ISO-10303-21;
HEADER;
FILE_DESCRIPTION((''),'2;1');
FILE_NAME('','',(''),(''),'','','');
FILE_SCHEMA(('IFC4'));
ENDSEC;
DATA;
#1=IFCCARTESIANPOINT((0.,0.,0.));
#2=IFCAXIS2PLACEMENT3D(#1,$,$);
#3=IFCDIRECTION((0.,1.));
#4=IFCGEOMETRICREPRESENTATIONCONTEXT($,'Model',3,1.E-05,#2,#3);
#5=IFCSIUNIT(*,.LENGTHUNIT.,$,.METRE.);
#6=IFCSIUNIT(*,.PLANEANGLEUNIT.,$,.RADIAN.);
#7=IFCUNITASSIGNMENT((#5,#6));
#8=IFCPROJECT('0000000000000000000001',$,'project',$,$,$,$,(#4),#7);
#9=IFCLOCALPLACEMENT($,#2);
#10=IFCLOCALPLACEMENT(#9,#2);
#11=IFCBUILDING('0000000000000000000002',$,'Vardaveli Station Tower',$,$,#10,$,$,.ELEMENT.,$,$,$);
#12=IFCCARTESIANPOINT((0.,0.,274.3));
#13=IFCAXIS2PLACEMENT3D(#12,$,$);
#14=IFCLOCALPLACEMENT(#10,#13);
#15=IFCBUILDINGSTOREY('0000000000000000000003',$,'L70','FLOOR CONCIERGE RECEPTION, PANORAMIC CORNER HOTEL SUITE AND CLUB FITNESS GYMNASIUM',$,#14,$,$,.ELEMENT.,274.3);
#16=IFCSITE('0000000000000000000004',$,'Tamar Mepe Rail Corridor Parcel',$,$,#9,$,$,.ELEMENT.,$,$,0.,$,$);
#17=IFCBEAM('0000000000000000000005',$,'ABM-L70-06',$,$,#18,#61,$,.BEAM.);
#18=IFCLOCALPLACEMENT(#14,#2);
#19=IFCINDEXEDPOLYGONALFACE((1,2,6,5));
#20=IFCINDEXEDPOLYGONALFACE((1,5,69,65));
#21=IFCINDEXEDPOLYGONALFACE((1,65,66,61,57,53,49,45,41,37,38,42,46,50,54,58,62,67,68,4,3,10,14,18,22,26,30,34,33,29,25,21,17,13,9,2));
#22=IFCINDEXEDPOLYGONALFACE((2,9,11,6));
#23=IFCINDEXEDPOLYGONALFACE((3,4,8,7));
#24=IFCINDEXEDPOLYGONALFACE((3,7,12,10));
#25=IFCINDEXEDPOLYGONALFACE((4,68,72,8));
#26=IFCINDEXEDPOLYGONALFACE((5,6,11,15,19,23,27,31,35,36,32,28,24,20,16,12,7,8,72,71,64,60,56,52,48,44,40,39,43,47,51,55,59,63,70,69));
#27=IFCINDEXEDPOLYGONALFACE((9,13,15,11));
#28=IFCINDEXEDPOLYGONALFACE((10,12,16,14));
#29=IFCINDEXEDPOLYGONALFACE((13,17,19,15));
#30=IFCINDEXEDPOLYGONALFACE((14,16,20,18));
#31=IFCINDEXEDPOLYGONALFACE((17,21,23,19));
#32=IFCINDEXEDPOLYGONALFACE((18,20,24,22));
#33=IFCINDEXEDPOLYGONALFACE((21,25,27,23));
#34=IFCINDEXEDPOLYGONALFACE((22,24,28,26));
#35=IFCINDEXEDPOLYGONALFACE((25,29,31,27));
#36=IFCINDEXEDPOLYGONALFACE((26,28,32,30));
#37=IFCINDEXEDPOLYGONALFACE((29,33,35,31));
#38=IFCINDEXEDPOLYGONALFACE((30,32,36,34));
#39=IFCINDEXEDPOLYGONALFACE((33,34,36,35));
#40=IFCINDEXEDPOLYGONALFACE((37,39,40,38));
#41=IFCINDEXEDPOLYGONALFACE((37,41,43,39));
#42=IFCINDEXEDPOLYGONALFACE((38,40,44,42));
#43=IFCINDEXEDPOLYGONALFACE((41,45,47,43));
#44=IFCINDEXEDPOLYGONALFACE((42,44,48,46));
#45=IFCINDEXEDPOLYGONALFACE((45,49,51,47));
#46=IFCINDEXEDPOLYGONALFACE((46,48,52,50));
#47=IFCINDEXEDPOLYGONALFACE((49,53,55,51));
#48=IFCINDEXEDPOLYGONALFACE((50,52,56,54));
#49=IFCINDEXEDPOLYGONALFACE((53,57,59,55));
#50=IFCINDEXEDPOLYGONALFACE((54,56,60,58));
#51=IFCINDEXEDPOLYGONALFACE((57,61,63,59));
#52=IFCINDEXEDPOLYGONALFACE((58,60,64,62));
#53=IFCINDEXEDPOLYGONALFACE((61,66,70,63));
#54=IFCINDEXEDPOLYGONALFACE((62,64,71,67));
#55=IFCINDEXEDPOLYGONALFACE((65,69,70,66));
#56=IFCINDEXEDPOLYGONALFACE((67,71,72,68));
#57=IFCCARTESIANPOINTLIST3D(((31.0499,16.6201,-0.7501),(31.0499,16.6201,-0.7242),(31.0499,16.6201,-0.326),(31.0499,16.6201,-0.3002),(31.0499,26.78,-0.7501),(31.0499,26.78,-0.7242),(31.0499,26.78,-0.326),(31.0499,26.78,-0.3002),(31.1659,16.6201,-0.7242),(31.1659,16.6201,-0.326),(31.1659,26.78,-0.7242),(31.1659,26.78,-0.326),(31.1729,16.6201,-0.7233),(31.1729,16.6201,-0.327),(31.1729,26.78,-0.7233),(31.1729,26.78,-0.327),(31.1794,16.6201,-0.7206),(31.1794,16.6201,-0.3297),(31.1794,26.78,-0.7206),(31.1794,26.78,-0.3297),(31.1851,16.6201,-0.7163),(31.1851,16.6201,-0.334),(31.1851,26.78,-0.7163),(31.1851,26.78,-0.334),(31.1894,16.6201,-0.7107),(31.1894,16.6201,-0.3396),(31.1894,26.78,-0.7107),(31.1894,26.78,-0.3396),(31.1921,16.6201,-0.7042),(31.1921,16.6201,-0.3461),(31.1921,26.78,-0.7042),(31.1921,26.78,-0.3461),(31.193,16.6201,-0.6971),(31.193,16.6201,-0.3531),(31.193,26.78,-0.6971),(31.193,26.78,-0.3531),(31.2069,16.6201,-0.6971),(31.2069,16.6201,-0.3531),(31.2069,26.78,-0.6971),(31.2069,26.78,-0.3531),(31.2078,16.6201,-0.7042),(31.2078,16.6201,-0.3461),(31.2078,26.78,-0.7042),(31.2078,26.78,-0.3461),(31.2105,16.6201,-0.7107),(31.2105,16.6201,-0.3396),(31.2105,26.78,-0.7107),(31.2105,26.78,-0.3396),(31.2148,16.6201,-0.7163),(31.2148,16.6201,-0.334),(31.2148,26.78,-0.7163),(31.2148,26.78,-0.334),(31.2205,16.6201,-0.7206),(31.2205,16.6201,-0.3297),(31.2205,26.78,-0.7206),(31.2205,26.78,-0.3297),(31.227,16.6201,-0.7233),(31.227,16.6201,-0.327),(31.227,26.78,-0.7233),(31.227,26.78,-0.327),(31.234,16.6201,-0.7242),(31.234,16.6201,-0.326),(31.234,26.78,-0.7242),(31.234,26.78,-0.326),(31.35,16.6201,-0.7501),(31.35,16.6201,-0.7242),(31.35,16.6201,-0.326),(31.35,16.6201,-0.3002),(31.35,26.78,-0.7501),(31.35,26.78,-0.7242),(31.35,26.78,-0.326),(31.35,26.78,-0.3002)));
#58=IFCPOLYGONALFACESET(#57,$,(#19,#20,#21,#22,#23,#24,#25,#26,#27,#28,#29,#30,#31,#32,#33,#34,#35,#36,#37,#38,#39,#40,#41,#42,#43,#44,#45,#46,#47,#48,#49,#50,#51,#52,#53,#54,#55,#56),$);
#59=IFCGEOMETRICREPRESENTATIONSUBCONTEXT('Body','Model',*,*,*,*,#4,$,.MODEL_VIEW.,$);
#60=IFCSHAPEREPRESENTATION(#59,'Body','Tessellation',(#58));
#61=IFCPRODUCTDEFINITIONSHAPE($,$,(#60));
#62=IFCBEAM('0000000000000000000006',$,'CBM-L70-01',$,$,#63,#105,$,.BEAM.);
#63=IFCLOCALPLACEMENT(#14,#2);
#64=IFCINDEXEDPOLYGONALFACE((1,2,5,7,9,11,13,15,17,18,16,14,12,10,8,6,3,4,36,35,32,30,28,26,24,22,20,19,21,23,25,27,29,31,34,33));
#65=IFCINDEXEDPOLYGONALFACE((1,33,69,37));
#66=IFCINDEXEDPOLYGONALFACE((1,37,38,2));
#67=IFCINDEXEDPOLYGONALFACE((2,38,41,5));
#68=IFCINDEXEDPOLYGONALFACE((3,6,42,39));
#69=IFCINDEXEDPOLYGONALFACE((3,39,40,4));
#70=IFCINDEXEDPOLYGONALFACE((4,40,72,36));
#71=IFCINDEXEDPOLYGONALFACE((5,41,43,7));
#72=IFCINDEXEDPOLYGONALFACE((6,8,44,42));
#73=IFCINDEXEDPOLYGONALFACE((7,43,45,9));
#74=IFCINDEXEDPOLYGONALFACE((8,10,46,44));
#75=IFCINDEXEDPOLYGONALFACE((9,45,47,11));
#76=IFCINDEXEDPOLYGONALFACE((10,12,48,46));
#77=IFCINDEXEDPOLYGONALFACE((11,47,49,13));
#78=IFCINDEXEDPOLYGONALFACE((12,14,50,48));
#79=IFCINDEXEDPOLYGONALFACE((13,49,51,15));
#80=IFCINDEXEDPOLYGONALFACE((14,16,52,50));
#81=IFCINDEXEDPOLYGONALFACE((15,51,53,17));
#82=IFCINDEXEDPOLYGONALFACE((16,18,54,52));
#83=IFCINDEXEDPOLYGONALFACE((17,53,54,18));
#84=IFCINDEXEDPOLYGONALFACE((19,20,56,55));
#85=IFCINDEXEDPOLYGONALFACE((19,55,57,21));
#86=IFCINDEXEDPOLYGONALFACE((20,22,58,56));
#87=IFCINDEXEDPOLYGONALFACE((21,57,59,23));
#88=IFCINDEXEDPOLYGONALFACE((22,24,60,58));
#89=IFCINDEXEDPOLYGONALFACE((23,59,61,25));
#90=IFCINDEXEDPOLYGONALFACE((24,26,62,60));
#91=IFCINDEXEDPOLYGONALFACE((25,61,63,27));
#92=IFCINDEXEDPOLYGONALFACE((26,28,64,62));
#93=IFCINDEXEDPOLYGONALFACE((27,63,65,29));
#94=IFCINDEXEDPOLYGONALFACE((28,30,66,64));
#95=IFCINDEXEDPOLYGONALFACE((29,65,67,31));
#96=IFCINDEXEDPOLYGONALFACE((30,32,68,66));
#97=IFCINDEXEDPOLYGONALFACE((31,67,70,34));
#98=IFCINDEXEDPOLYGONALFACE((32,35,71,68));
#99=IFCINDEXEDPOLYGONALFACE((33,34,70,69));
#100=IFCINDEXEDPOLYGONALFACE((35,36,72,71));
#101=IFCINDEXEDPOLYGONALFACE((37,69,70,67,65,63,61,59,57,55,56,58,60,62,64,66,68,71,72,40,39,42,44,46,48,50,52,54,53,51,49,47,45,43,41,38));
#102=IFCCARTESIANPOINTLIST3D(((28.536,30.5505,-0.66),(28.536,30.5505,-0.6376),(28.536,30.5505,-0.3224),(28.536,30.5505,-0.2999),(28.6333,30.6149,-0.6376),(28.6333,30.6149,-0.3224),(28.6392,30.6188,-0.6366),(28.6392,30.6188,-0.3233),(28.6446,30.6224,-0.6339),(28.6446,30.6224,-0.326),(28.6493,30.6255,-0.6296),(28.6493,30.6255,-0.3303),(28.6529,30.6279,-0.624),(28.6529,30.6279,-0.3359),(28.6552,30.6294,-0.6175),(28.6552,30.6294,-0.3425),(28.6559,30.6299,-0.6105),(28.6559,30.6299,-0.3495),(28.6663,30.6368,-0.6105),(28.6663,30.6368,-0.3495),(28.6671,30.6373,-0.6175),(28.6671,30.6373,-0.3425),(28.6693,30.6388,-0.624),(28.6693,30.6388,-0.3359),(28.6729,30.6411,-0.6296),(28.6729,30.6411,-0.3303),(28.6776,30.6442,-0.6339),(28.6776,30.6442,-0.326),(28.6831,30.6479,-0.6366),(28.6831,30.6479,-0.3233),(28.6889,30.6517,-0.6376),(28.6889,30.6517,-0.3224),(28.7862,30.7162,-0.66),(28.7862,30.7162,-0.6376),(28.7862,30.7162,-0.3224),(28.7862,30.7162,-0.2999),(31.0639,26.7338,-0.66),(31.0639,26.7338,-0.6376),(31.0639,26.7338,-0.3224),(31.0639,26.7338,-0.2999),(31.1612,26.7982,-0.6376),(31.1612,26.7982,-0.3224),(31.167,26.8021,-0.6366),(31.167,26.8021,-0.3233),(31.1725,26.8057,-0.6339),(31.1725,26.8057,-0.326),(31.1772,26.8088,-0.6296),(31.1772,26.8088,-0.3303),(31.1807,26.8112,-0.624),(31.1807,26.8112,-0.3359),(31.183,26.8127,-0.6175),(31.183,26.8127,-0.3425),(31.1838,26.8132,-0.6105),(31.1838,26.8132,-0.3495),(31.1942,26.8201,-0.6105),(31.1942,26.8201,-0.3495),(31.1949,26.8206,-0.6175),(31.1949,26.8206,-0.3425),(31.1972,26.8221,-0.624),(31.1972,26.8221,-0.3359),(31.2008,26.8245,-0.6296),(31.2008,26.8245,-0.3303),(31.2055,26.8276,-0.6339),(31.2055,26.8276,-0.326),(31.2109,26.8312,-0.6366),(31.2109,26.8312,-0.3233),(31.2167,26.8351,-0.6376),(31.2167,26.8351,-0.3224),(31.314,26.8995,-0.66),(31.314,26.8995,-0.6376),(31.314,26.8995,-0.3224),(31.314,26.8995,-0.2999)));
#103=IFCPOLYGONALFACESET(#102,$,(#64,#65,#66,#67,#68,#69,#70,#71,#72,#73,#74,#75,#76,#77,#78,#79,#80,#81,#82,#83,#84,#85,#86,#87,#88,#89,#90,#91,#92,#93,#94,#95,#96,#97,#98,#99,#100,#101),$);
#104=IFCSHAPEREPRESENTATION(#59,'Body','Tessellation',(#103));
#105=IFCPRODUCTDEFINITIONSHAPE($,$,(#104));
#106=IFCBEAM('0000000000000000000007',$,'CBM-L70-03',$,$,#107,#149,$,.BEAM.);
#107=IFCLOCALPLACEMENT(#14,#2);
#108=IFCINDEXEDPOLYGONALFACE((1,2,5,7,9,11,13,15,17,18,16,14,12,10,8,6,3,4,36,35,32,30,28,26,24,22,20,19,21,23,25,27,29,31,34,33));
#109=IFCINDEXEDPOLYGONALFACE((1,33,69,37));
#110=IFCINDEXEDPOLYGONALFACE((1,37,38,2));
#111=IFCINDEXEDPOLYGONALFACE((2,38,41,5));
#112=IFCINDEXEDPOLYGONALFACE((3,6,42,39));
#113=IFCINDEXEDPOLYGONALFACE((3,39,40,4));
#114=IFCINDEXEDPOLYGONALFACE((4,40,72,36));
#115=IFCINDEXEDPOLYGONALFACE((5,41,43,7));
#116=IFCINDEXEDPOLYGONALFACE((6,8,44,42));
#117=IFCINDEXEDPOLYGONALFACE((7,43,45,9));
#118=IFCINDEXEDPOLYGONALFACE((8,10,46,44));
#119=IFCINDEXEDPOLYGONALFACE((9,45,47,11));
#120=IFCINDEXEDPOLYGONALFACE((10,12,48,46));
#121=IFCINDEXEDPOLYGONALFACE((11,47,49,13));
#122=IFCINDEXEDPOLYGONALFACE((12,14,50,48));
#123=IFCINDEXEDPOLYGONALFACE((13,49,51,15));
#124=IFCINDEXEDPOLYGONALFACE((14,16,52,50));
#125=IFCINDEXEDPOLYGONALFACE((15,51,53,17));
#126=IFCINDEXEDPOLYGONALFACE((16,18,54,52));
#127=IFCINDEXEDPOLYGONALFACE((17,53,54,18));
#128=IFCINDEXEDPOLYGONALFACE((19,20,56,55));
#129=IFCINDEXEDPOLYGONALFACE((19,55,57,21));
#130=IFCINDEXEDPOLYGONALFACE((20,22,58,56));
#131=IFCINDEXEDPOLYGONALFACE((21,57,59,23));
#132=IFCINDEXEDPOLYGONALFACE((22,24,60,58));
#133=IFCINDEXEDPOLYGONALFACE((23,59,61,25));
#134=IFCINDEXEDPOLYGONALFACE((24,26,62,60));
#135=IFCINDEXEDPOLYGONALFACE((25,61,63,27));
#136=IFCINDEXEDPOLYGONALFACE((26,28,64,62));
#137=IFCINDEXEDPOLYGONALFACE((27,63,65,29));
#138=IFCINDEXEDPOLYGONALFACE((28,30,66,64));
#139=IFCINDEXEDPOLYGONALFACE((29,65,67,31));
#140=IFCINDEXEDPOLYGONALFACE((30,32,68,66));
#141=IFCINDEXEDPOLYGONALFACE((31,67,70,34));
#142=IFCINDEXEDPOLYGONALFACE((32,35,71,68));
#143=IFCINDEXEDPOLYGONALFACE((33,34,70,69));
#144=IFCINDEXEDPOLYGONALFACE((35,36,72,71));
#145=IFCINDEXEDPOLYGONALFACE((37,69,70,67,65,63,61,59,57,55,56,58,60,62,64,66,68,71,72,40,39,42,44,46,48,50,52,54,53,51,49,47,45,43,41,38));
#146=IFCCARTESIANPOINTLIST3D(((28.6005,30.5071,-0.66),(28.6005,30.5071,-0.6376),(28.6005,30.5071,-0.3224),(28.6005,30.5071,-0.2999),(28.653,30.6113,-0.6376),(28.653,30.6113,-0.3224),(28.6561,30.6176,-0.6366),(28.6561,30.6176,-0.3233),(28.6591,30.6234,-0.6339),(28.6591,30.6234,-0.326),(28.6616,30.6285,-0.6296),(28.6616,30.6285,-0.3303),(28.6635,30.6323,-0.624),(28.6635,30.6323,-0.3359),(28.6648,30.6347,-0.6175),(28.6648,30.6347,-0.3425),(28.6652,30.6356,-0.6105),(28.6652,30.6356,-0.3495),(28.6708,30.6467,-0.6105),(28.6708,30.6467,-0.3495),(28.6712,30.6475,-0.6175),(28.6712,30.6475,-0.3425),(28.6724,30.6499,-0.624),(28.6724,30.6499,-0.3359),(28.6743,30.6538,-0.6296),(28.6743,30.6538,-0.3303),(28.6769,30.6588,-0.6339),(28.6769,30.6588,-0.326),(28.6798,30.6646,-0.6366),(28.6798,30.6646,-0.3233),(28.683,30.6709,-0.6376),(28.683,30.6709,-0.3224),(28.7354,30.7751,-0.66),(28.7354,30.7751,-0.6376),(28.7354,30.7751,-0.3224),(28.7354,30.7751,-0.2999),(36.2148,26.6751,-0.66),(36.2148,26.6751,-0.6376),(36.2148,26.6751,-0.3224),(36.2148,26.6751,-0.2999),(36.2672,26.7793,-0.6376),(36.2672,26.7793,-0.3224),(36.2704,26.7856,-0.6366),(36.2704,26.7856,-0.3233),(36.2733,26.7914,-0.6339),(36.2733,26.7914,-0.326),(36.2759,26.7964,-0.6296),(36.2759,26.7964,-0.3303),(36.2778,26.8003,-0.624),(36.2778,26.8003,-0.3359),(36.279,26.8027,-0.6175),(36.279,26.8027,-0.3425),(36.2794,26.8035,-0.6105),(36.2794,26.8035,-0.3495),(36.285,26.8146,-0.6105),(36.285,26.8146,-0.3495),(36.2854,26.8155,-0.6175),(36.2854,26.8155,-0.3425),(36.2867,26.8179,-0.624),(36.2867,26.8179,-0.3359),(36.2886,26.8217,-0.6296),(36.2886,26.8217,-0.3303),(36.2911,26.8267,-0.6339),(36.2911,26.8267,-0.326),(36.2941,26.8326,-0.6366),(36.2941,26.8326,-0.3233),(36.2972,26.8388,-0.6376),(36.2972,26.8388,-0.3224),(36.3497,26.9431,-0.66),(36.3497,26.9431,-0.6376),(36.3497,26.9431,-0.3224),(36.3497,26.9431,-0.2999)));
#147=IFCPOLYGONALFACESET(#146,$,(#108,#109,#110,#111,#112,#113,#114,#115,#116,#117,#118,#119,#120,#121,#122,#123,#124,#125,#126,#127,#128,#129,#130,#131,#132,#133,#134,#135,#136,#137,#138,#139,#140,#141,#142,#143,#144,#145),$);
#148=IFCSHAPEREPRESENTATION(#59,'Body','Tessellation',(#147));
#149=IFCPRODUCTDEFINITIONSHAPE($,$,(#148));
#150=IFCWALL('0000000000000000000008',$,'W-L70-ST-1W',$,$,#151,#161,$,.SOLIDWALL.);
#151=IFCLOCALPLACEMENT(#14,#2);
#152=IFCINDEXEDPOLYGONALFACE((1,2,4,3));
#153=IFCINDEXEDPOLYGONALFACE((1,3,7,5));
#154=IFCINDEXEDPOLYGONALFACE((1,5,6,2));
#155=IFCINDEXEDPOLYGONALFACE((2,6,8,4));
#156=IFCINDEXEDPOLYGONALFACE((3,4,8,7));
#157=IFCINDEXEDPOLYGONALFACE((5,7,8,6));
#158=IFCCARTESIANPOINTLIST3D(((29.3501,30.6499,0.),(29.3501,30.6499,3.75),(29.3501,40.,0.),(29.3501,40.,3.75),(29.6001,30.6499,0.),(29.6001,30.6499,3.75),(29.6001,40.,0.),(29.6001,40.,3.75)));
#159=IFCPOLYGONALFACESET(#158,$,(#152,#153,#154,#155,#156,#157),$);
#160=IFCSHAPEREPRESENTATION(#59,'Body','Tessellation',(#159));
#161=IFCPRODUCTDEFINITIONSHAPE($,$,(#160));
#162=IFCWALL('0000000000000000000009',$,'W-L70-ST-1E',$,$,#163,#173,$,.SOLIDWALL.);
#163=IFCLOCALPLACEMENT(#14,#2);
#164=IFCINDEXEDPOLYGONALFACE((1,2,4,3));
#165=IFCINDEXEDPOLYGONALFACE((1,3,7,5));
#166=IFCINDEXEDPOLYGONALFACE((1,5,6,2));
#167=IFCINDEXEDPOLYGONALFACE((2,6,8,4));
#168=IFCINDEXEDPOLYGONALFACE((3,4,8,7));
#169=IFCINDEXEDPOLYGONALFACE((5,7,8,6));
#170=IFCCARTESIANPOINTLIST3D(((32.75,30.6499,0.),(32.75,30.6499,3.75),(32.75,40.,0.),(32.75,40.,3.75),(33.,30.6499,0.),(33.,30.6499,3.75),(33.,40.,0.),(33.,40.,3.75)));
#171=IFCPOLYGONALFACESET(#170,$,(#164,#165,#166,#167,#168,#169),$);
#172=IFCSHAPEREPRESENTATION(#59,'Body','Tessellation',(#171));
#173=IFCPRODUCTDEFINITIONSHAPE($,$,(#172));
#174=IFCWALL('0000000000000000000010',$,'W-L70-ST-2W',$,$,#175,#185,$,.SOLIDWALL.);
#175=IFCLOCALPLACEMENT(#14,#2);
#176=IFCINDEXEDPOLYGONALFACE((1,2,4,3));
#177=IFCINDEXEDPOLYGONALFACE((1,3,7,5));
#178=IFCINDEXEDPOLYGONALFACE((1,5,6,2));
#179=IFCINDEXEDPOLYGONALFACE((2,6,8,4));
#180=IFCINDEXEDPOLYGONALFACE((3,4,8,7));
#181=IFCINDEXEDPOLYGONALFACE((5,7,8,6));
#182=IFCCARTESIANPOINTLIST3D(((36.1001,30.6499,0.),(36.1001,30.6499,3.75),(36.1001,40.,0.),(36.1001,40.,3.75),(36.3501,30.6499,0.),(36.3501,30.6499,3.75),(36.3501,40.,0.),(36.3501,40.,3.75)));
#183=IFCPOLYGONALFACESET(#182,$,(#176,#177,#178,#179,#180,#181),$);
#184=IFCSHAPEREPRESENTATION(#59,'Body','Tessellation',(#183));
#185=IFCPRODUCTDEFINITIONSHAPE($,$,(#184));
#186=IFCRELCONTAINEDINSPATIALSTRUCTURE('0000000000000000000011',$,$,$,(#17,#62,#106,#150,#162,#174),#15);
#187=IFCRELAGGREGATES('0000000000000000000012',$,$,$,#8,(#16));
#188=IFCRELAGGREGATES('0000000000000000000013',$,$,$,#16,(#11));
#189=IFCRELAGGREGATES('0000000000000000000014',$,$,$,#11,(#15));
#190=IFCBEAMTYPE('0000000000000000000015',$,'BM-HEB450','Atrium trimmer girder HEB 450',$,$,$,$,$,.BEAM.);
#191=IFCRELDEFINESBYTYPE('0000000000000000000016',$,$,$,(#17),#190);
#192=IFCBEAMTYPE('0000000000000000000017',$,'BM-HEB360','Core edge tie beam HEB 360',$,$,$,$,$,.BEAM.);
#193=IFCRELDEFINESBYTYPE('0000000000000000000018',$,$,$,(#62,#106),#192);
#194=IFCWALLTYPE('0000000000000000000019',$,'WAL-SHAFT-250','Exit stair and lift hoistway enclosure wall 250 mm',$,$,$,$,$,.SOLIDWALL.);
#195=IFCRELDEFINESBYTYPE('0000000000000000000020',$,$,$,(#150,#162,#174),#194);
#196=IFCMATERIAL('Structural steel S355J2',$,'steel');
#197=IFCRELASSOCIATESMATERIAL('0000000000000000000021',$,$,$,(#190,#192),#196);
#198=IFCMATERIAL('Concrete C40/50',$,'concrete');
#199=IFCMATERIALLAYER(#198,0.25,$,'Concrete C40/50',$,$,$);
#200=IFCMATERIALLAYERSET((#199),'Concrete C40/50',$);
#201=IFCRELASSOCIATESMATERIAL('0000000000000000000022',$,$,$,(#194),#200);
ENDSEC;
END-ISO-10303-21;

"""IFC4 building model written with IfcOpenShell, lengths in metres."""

from ifc_helpers import new_model, si_unit, direction, frame, frame_2d, origin, origin_2d, place, context, subcontext, project, spatial, rectangle, i_section, extrude, source, transform, mapped, material, layer, layer_set, material_profile, profile_set, type_object, element, save


model = new_model("IFC4")

# Units and contexts
model_context = context("Model", 3, precision=1e-05, world=origin(), true_north=direction((0.0, 1.0)))
body_context = subcontext(model_context, "Body", "Model", "MODEL_VIEW")
ifc_project = project(units=[si_unit("LENGTHUNIT", "METRE"), si_unit("PLANEANGLEUNIT", "RADIAN")], contexts=[model_context])

# Site, building, storey
site_placement = place(None, origin())
site = spatial("IfcSite", under=ifc_project, at=site_placement, Name="Tamar Mepe Rail Corridor Parcel", CompositionType="ELEMENT", RefElevation=0.0)
building_placement = place(site_placement, origin())
building = spatial("IfcBuilding", under=site, at=building_placement, Name="Vardaveli Station Tower", CompositionType="ELEMENT")
storey_placement = place(building_placement, frame((0.0, 0.0, 274.3)))
storey = spatial("IfcBuildingStorey", under=building, at=storey_placement, Name="L70", Description="FLOOR CONCIERGE RECEPTION, PANORAMIC CORNER HOTEL SUITE AND CLUB FITNESS GYMNASIUM", CompositionType="ELEMENT", Elevation=274.3)

# Beams
ifc_material_1 = material(Name="Structural steel S355J2", Category="steel")
ifc_material_profile_1 = material_profile(ifc_material_1, i_section(OverallWidth=0.3, OverallDepth=0.45, WebThickness=0.0139, FlangeThickness=0.0259, FilletRadius=0.0271, at=origin_2d()), Name="HEB 450")
ifc_profile_set_1 = profile_set([ifc_material_profile_1], Name="Structural steel S355J2")
beam_type_1 = type_object("IfcBeamType", Name="BM-HEB450", Description="Atrium trimmer girder HEB 450", PredefinedType="BEAM", material=ifc_profile_set_1)
shared_shape_1 = source(origin(), body_context, "Body", "SweptSolid", [
    extrude(i_section(OverallWidth=0.3, OverallDepth=0.45, WebThickness=0.0139, FlangeThickness=0.0259, FilletRadius=0.0271, at=origin_2d()), origin(), (0.0, 0.0, 1.0), 10.1599),
])
beam_1_placement = place(storey_placement, frame((31.2, 26.78, -0.5251), z_axis=(0.0, -1.0, 0.0), x_axis=(1.0, 0.0, 0.0)))
element("IfcBeam", 1, at=beam_1_placement, inside=storey, type_object=beam_type_1, Name="ABM-L70-06", PredefinedType="BEAM", context=body_context, shape_type="MappedRepresentation", body=[
    mapped(shared_shape_1, transform((0.0, 0.0, 0.0), scale=1.0)),
])
ifc_material_profile_2 = material_profile(ifc_material_1, i_section(OverallWidth=0.3, OverallDepth=0.3601, WebThickness=0.0125, FlangeThickness=0.0225, FilletRadius=0.0271, at=origin_2d()), Name="HEB 360")
ifc_profile_set_2 = profile_set([ifc_material_profile_2], Name="Structural steel S355J2")
beam_type_2 = type_object("IfcBeamType", Name="BM-HEB360", Description="Core edge tie beam HEB 360", PredefinedType="BEAM", material=ifc_profile_set_2)
shared_shape_2 = source(origin(), body_context, "Body", "SweptSolid", [
    extrude(i_section(OverallWidth=0.3, OverallDepth=0.3601, WebThickness=0.0125, FlangeThickness=0.0225, FilletRadius=0.0271, at=origin_2d()), origin(), (0.0, 0.0, 1.0), 4.5779),
])
beam_2_placement = place(storey_placement, frame((31.189, 26.8167, -0.48), z_axis=(-0.552187, 0.83372, 0.0), x_axis=(-0.83372, -0.552187, 0.0)))
element("IfcBeam", 2, at=beam_2_placement, inside=storey, type_object=beam_type_2, Name="CBM-L70-01", PredefinedType="BEAM", context=body_context, shape_type="MappedRepresentation", body=[
    mapped(shared_shape_2, transform((0.0, 0.0, 0.0), scale=1.0)),
])
shared_shape_3 = source(origin(), body_context, "Body", "SweptSolid", [
    extrude(i_section(OverallWidth=0.3, OverallDepth=0.3601, WebThickness=0.0125, FlangeThickness=0.0225, FilletRadius=0.0271, at=origin_2d()), origin(), (0.0, 0.0, 1.0), 8.5242),
])
beam_3_placement = place(storey_placement, frame((28.668, 30.6411, -0.48), z_axis=(0.893256, -0.449549, 0.0), x_axis=(0.449549, 0.893256, 0.0)))
element("IfcBeam", 3, at=beam_3_placement, inside=storey, type_object=beam_type_2, Name="CBM-L70-03", PredefinedType="BEAM", context=body_context, shape_type="MappedRepresentation", body=[
    mapped(shared_shape_3, transform((0.0, 0.0, 0.0), scale=1.0)),
])

# Walls
ifc_material_2 = material(Name="Concrete C40/50", Category="concrete")
ifc_layer_1 = layer(ifc_material_2, 0.25, Name="Concrete C40/50")
ifc_layer_set_1 = layer_set([ifc_layer_1], Name="Concrete C40/50")
wall_type_1 = type_object("IfcWallType", Name="WAL-SHAFT-250", Description="Exit stair and lift hoistway enclosure wall 250 mm", PredefinedType="SOLIDWALL", material=ifc_layer_set_1)
shared_shape_4 = source(origin(), body_context, "Body", "SweptSolid", [
    extrude(rectangle(XDim=9.3501, YDim=0.25, at=frame_2d((4.675, 0.0))), origin(), (0.0, 0.0, 1.0), 3.75),
])
for number, where, z_axis, x_axis, name in (
    (4, (29.4751, 30.6499, 0.0), (0.0, 0.0, 1.0), (0.0, 1.0, 0.0), "W-L70-ST-1W"),
    (5, (32.875, 30.6499, 0.0), (0.0, 0.0, 1.0), (0.0, 1.0, 0.0), "W-L70-ST-1E"),
    (6, (36.2251, 30.6499, 0.0), (0.0, 0.0, 1.0), (0.0, 1.0, 0.0), "W-L70-ST-2W"),
):
    element("IfcWall", number, at=place(storey_placement, frame(where, z_axis=z_axis, x_axis=x_axis)), inside=storey, type_object=wall_type_1, Name=name, PredefinedType="SOLIDWALL", context=body_context, shape_type="MappedRepresentation", body=[
        mapped(shared_shape_4, transform((0.0, 0.0, 0.0), scale=1.0)),
    ])

save(model, "model.ifc")
